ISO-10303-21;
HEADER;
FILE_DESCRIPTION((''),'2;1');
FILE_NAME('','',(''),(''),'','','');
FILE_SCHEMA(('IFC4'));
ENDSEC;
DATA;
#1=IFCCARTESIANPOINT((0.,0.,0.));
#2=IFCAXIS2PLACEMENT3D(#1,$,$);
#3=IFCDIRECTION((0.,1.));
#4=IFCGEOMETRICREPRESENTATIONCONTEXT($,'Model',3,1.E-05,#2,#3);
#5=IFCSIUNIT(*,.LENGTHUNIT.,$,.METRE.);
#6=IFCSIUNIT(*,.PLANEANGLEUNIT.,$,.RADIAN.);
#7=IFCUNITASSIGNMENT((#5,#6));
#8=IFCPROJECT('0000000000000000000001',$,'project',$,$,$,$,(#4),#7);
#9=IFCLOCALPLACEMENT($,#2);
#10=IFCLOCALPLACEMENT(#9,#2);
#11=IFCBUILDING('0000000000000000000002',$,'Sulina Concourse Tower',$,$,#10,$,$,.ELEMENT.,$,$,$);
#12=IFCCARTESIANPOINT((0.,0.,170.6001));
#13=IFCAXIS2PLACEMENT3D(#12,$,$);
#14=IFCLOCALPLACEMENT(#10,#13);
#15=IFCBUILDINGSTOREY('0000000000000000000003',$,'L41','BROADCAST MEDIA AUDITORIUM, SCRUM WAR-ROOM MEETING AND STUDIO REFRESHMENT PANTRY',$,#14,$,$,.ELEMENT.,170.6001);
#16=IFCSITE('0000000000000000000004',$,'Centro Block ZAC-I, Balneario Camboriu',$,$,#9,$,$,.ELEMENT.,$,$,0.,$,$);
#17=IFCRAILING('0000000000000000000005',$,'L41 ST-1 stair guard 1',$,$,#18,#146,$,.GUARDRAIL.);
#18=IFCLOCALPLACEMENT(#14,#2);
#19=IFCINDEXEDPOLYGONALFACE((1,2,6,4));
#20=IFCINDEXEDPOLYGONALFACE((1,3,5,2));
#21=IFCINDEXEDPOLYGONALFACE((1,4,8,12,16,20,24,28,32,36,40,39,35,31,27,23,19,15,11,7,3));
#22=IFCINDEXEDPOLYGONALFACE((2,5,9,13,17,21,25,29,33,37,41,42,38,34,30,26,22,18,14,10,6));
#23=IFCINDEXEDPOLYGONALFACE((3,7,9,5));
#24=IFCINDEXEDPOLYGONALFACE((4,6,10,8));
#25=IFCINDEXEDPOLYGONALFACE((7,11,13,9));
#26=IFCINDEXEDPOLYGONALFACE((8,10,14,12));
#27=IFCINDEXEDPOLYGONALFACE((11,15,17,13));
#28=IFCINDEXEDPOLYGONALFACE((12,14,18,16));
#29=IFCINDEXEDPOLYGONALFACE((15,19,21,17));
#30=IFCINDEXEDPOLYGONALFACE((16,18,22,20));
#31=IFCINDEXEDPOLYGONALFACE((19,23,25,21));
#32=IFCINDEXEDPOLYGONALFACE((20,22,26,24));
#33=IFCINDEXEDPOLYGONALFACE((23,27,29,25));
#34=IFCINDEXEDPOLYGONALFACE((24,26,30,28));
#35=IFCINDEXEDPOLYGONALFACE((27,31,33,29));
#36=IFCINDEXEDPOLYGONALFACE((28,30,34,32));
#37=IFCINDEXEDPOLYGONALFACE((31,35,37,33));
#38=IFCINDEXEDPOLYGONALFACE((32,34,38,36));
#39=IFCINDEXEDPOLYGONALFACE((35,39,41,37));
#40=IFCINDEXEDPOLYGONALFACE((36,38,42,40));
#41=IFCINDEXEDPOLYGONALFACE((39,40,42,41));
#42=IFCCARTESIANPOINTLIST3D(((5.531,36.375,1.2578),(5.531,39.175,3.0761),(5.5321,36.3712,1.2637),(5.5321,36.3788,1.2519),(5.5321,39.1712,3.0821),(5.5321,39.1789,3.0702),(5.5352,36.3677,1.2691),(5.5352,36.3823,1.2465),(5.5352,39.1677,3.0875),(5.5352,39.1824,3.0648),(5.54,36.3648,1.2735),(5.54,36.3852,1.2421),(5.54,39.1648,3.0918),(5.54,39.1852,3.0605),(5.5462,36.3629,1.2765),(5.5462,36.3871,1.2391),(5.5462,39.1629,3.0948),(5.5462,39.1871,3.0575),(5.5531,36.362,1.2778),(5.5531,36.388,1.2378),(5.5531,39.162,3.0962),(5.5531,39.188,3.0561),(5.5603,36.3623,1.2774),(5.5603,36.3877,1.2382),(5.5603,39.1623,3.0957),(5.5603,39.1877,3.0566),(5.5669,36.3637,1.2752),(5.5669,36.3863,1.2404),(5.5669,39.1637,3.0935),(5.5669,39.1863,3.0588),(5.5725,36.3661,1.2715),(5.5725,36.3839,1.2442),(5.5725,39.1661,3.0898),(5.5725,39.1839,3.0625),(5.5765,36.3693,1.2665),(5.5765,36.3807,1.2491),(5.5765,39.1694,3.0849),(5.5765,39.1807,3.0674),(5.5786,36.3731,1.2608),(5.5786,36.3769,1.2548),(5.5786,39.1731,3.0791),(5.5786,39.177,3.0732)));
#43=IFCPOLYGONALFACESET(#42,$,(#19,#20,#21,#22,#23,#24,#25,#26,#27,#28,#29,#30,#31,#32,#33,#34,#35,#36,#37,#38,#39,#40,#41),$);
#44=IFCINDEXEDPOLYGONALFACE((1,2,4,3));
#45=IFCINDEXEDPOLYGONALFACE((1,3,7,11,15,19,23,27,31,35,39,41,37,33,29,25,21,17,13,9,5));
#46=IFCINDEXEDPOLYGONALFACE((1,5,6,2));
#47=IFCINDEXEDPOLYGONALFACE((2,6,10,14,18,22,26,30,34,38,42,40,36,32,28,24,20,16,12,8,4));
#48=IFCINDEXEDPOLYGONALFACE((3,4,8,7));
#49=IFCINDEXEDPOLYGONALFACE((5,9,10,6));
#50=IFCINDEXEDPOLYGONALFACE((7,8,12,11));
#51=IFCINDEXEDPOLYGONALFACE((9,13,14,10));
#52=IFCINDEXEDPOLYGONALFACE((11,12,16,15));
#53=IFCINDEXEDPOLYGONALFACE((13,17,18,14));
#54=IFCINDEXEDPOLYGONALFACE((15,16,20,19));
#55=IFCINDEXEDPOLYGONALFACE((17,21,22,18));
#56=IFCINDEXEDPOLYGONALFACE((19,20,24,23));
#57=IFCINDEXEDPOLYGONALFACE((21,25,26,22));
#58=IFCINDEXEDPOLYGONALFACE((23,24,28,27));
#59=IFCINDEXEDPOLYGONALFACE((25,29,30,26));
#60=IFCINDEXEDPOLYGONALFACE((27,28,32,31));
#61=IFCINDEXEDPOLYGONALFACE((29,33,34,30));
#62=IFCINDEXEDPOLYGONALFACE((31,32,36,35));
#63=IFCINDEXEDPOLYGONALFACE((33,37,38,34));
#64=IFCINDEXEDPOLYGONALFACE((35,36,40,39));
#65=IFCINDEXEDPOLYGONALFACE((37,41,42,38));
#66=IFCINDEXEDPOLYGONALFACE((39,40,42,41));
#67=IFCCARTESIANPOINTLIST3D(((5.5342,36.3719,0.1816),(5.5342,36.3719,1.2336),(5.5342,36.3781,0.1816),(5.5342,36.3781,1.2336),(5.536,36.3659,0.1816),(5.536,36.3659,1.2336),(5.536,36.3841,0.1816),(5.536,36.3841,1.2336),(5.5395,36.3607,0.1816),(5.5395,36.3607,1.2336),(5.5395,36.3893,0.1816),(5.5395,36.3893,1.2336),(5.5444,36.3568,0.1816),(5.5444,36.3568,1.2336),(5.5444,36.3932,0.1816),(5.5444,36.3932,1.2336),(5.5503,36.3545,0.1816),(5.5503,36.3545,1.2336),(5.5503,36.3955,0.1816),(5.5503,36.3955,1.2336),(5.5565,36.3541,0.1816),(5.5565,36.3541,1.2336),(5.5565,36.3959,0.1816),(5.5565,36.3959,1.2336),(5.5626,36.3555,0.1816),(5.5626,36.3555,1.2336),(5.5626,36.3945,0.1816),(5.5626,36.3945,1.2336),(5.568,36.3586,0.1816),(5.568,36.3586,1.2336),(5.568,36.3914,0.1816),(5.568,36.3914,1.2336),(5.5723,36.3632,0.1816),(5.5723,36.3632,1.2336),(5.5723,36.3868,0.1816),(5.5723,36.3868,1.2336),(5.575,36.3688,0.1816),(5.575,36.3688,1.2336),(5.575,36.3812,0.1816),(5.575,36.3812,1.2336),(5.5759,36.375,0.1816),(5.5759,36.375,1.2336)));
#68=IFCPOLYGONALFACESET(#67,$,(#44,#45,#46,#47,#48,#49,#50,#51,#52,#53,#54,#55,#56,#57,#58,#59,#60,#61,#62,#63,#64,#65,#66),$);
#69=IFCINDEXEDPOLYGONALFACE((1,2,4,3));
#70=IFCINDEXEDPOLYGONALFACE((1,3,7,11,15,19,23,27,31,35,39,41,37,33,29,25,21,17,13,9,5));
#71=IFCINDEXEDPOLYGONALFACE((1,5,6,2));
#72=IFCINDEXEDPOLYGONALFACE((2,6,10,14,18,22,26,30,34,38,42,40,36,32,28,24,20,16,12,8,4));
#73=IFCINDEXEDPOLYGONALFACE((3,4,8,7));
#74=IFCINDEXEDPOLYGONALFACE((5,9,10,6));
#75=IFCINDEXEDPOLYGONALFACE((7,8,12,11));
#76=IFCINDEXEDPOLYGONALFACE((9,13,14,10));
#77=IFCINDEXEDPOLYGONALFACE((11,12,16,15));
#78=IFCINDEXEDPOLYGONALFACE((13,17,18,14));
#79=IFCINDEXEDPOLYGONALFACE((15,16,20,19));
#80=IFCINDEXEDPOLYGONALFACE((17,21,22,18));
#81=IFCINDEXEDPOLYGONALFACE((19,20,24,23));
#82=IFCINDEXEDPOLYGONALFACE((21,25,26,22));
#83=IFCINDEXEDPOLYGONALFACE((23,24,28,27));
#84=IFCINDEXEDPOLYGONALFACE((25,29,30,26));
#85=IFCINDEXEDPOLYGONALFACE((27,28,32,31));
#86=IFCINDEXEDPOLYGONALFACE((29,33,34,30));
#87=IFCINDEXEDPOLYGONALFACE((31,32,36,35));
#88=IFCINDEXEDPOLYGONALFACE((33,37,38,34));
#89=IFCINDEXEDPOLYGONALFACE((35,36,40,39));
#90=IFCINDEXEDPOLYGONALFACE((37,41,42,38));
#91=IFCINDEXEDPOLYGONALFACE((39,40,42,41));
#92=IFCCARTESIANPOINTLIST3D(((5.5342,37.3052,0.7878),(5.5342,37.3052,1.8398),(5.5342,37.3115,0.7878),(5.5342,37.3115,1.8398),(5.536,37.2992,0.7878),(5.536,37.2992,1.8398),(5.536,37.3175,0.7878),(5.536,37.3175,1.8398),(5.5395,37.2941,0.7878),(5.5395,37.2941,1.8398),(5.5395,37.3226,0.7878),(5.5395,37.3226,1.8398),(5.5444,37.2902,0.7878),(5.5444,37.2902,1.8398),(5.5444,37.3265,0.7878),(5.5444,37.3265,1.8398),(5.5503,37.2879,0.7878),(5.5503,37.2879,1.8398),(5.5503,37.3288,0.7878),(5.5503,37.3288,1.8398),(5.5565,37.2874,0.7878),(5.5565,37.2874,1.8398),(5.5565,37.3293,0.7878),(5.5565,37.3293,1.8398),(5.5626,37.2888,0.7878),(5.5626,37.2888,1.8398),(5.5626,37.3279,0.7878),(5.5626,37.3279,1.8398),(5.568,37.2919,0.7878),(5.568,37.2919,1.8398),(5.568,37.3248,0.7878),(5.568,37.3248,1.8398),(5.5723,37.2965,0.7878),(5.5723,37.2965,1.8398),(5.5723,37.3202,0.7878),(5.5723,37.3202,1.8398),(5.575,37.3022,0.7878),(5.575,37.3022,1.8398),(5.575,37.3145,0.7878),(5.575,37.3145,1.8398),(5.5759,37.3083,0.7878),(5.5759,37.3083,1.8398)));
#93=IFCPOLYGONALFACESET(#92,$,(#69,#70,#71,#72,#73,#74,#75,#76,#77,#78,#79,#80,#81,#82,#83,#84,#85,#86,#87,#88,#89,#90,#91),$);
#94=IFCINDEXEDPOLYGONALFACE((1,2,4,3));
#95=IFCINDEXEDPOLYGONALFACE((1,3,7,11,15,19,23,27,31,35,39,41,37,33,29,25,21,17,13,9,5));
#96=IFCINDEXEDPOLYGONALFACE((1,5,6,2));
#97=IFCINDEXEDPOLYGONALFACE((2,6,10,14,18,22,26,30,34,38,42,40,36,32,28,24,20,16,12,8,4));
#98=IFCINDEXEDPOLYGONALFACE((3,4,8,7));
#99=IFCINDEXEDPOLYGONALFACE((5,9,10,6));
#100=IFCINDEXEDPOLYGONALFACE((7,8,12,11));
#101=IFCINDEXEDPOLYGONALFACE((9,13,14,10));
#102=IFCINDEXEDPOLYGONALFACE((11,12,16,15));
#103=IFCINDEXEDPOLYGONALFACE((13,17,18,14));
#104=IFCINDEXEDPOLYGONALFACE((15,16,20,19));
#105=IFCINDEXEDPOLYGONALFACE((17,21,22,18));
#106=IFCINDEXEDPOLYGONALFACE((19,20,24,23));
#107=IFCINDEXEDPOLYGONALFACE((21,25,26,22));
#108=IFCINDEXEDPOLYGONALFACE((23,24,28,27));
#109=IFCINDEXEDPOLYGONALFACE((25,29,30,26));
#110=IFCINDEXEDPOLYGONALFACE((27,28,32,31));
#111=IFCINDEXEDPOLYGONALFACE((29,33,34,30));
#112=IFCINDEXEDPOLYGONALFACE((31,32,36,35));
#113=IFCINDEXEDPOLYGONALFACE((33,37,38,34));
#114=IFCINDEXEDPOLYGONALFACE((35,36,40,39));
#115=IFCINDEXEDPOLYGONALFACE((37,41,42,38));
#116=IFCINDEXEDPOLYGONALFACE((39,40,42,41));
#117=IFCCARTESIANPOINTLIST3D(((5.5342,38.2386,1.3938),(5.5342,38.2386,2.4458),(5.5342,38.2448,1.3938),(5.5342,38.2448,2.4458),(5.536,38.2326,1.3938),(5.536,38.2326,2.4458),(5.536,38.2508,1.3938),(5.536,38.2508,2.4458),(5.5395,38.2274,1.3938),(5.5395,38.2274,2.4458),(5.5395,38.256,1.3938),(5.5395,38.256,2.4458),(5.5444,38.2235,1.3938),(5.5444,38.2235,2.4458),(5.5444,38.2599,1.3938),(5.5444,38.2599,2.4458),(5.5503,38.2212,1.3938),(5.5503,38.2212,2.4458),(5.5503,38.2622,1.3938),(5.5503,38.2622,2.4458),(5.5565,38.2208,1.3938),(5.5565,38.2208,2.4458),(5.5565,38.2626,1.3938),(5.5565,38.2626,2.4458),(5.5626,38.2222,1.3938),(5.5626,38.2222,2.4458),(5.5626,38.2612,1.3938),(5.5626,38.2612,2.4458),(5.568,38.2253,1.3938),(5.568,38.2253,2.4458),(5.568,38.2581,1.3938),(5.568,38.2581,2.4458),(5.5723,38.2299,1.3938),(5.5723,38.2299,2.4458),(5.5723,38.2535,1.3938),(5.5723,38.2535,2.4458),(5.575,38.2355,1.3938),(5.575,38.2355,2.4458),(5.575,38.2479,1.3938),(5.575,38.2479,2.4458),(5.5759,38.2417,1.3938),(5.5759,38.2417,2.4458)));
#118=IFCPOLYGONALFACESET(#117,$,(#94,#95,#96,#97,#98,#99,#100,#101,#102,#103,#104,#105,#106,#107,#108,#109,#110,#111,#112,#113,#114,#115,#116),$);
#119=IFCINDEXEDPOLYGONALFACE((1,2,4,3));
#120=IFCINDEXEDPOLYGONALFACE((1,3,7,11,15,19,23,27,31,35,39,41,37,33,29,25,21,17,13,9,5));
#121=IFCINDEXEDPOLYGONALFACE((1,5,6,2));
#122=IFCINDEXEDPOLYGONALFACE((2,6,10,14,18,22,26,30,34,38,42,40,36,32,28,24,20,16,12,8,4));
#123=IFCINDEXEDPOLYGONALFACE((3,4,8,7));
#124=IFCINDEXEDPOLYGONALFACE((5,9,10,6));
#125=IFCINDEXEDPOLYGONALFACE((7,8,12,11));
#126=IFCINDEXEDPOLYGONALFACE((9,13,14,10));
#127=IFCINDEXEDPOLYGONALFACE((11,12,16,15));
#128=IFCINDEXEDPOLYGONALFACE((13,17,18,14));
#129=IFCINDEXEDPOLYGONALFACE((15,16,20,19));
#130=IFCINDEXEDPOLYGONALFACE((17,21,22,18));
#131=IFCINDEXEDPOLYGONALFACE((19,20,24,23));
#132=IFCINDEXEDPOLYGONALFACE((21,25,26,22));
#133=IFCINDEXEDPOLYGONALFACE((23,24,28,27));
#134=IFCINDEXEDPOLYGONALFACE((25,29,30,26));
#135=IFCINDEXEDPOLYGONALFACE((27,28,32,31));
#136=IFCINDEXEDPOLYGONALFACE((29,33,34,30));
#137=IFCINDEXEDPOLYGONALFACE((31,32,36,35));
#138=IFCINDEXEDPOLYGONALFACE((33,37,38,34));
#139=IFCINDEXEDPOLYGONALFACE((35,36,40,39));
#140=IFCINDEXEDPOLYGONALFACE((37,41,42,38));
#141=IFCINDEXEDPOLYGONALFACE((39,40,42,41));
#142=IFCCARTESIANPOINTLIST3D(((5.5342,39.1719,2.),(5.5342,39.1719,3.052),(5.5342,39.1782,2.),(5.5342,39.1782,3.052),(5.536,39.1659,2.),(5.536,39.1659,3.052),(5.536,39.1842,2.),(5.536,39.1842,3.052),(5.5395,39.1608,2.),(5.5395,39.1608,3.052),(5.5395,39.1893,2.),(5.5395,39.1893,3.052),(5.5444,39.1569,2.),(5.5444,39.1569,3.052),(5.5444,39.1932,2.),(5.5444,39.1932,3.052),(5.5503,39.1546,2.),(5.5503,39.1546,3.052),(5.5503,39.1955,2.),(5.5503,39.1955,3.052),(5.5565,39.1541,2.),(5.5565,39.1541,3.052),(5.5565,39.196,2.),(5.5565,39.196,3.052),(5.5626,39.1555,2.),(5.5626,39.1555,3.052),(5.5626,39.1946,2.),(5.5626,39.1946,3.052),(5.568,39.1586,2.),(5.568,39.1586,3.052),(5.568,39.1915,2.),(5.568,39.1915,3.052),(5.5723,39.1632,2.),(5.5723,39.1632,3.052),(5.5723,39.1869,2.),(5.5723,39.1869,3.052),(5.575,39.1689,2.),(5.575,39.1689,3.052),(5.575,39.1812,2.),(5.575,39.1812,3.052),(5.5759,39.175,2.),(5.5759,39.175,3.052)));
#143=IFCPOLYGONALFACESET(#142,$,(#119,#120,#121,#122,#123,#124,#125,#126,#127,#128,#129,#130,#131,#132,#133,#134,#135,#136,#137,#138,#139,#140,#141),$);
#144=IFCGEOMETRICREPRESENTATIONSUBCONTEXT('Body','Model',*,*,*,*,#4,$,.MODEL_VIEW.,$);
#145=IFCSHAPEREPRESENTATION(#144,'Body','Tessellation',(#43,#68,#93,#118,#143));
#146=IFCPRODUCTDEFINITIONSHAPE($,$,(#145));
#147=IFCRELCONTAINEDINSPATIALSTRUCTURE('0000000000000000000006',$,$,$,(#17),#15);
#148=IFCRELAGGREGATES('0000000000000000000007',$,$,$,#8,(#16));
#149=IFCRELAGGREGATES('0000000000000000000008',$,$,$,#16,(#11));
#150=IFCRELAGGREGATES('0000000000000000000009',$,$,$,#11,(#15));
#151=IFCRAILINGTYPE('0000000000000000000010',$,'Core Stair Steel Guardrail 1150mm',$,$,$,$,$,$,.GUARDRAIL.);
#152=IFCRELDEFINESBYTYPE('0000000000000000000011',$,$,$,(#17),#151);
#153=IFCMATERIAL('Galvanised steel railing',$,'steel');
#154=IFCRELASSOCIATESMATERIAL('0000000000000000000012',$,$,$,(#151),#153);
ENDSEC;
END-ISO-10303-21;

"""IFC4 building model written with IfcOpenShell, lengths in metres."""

from ifc_helpers import new_model, si_unit, direction, frame, origin, origin_2d, place, context, subcontext, project, spatial, circle, extrude, material, type_object, element, save


model = new_model("IFC4")

# Units and contexts
model_context = context("Model", 3, precision=1e-05, world=origin(), true_north=direction((0.0, 1.0)))
body_context = subcontext(model_context, "Body", "Model", "MODEL_VIEW")
ifc_project = project(units=[si_unit("LENGTHUNIT", "METRE"), si_unit("PLANEANGLEUNIT", "RADIAN")], contexts=[model_context])

# Site, building, storey
site_placement = place(None, origin())
site = spatial("IfcSite", under=ifc_project, at=site_placement, Name="Centro Block ZAC-I, Balneario Camboriu", CompositionType="ELEMENT", RefElevation=0.0)
building_placement = place(site_placement, origin())
building = spatial("IfcBuilding", under=site, at=building_placement, Name="Sulina Concourse Tower", CompositionType="ELEMENT")
storey_placement = place(building_placement, frame((0.0, 0.0, 170.6001)))
storey = spatial("IfcBuildingStorey", under=building, at=storey_placement, Name="L41", Description="BROADCAST MEDIA AUDITORIUM, SCRUM WAR-ROOM MEETING AND STUDIO REFRESHMENT PANTRY", CompositionType="ELEMENT", Elevation=170.6001)

# Railing
ifc_material_1 = material(Name="Galvanised steel railing", Category="steel")
railing_type_1 = type_object("IfcRailingType", Name="Core Stair Steel Guardrail 1150mm", PredefinedType="GUARDRAIL", material=ifc_material_1)
railing_1_placement = place(storey_placement, frame((5.5549, 36.375, 0.1816)))
element("IfcRailing", 1, at=railing_1_placement, inside=storey, type_object=railing_type_1, Name="L41 ST-1 stair guard 1", PredefinedType="GUARDRAIL", context=body_context, shape_type="SweptSolid", body=[
    extrude(circle(Radius=0.0239, at=origin_2d()), frame((0.0, 0.0, 1.0762), z_axis=(0.0, 0.838672, 0.544636), x_axis=(-1.0, 0.0, 0.0)), (0.0, 0.0, 1.0), 3.3386),
    extrude(circle(Radius=0.021, at=origin_2d()), origin(), (0.0, 0.0, 1.0), 1.052),
    extrude(circle(Radius=0.021, at=origin_2d()), frame((0.0, 0.9333, 0.6062)), (0.0, 0.0, 1.0), 1.052),
    extrude(circle(Radius=0.021, at=origin_2d()), frame((0.0, 1.8667, 1.2122)), (0.0, 0.0, 1.0), 1.052),
    extrude(circle(Radius=0.021, at=origin_2d()), frame((0.0, 2.8, 1.8184)), (0.0, 0.0, 1.0), 1.052),
])

save(model, "model.ifc")
